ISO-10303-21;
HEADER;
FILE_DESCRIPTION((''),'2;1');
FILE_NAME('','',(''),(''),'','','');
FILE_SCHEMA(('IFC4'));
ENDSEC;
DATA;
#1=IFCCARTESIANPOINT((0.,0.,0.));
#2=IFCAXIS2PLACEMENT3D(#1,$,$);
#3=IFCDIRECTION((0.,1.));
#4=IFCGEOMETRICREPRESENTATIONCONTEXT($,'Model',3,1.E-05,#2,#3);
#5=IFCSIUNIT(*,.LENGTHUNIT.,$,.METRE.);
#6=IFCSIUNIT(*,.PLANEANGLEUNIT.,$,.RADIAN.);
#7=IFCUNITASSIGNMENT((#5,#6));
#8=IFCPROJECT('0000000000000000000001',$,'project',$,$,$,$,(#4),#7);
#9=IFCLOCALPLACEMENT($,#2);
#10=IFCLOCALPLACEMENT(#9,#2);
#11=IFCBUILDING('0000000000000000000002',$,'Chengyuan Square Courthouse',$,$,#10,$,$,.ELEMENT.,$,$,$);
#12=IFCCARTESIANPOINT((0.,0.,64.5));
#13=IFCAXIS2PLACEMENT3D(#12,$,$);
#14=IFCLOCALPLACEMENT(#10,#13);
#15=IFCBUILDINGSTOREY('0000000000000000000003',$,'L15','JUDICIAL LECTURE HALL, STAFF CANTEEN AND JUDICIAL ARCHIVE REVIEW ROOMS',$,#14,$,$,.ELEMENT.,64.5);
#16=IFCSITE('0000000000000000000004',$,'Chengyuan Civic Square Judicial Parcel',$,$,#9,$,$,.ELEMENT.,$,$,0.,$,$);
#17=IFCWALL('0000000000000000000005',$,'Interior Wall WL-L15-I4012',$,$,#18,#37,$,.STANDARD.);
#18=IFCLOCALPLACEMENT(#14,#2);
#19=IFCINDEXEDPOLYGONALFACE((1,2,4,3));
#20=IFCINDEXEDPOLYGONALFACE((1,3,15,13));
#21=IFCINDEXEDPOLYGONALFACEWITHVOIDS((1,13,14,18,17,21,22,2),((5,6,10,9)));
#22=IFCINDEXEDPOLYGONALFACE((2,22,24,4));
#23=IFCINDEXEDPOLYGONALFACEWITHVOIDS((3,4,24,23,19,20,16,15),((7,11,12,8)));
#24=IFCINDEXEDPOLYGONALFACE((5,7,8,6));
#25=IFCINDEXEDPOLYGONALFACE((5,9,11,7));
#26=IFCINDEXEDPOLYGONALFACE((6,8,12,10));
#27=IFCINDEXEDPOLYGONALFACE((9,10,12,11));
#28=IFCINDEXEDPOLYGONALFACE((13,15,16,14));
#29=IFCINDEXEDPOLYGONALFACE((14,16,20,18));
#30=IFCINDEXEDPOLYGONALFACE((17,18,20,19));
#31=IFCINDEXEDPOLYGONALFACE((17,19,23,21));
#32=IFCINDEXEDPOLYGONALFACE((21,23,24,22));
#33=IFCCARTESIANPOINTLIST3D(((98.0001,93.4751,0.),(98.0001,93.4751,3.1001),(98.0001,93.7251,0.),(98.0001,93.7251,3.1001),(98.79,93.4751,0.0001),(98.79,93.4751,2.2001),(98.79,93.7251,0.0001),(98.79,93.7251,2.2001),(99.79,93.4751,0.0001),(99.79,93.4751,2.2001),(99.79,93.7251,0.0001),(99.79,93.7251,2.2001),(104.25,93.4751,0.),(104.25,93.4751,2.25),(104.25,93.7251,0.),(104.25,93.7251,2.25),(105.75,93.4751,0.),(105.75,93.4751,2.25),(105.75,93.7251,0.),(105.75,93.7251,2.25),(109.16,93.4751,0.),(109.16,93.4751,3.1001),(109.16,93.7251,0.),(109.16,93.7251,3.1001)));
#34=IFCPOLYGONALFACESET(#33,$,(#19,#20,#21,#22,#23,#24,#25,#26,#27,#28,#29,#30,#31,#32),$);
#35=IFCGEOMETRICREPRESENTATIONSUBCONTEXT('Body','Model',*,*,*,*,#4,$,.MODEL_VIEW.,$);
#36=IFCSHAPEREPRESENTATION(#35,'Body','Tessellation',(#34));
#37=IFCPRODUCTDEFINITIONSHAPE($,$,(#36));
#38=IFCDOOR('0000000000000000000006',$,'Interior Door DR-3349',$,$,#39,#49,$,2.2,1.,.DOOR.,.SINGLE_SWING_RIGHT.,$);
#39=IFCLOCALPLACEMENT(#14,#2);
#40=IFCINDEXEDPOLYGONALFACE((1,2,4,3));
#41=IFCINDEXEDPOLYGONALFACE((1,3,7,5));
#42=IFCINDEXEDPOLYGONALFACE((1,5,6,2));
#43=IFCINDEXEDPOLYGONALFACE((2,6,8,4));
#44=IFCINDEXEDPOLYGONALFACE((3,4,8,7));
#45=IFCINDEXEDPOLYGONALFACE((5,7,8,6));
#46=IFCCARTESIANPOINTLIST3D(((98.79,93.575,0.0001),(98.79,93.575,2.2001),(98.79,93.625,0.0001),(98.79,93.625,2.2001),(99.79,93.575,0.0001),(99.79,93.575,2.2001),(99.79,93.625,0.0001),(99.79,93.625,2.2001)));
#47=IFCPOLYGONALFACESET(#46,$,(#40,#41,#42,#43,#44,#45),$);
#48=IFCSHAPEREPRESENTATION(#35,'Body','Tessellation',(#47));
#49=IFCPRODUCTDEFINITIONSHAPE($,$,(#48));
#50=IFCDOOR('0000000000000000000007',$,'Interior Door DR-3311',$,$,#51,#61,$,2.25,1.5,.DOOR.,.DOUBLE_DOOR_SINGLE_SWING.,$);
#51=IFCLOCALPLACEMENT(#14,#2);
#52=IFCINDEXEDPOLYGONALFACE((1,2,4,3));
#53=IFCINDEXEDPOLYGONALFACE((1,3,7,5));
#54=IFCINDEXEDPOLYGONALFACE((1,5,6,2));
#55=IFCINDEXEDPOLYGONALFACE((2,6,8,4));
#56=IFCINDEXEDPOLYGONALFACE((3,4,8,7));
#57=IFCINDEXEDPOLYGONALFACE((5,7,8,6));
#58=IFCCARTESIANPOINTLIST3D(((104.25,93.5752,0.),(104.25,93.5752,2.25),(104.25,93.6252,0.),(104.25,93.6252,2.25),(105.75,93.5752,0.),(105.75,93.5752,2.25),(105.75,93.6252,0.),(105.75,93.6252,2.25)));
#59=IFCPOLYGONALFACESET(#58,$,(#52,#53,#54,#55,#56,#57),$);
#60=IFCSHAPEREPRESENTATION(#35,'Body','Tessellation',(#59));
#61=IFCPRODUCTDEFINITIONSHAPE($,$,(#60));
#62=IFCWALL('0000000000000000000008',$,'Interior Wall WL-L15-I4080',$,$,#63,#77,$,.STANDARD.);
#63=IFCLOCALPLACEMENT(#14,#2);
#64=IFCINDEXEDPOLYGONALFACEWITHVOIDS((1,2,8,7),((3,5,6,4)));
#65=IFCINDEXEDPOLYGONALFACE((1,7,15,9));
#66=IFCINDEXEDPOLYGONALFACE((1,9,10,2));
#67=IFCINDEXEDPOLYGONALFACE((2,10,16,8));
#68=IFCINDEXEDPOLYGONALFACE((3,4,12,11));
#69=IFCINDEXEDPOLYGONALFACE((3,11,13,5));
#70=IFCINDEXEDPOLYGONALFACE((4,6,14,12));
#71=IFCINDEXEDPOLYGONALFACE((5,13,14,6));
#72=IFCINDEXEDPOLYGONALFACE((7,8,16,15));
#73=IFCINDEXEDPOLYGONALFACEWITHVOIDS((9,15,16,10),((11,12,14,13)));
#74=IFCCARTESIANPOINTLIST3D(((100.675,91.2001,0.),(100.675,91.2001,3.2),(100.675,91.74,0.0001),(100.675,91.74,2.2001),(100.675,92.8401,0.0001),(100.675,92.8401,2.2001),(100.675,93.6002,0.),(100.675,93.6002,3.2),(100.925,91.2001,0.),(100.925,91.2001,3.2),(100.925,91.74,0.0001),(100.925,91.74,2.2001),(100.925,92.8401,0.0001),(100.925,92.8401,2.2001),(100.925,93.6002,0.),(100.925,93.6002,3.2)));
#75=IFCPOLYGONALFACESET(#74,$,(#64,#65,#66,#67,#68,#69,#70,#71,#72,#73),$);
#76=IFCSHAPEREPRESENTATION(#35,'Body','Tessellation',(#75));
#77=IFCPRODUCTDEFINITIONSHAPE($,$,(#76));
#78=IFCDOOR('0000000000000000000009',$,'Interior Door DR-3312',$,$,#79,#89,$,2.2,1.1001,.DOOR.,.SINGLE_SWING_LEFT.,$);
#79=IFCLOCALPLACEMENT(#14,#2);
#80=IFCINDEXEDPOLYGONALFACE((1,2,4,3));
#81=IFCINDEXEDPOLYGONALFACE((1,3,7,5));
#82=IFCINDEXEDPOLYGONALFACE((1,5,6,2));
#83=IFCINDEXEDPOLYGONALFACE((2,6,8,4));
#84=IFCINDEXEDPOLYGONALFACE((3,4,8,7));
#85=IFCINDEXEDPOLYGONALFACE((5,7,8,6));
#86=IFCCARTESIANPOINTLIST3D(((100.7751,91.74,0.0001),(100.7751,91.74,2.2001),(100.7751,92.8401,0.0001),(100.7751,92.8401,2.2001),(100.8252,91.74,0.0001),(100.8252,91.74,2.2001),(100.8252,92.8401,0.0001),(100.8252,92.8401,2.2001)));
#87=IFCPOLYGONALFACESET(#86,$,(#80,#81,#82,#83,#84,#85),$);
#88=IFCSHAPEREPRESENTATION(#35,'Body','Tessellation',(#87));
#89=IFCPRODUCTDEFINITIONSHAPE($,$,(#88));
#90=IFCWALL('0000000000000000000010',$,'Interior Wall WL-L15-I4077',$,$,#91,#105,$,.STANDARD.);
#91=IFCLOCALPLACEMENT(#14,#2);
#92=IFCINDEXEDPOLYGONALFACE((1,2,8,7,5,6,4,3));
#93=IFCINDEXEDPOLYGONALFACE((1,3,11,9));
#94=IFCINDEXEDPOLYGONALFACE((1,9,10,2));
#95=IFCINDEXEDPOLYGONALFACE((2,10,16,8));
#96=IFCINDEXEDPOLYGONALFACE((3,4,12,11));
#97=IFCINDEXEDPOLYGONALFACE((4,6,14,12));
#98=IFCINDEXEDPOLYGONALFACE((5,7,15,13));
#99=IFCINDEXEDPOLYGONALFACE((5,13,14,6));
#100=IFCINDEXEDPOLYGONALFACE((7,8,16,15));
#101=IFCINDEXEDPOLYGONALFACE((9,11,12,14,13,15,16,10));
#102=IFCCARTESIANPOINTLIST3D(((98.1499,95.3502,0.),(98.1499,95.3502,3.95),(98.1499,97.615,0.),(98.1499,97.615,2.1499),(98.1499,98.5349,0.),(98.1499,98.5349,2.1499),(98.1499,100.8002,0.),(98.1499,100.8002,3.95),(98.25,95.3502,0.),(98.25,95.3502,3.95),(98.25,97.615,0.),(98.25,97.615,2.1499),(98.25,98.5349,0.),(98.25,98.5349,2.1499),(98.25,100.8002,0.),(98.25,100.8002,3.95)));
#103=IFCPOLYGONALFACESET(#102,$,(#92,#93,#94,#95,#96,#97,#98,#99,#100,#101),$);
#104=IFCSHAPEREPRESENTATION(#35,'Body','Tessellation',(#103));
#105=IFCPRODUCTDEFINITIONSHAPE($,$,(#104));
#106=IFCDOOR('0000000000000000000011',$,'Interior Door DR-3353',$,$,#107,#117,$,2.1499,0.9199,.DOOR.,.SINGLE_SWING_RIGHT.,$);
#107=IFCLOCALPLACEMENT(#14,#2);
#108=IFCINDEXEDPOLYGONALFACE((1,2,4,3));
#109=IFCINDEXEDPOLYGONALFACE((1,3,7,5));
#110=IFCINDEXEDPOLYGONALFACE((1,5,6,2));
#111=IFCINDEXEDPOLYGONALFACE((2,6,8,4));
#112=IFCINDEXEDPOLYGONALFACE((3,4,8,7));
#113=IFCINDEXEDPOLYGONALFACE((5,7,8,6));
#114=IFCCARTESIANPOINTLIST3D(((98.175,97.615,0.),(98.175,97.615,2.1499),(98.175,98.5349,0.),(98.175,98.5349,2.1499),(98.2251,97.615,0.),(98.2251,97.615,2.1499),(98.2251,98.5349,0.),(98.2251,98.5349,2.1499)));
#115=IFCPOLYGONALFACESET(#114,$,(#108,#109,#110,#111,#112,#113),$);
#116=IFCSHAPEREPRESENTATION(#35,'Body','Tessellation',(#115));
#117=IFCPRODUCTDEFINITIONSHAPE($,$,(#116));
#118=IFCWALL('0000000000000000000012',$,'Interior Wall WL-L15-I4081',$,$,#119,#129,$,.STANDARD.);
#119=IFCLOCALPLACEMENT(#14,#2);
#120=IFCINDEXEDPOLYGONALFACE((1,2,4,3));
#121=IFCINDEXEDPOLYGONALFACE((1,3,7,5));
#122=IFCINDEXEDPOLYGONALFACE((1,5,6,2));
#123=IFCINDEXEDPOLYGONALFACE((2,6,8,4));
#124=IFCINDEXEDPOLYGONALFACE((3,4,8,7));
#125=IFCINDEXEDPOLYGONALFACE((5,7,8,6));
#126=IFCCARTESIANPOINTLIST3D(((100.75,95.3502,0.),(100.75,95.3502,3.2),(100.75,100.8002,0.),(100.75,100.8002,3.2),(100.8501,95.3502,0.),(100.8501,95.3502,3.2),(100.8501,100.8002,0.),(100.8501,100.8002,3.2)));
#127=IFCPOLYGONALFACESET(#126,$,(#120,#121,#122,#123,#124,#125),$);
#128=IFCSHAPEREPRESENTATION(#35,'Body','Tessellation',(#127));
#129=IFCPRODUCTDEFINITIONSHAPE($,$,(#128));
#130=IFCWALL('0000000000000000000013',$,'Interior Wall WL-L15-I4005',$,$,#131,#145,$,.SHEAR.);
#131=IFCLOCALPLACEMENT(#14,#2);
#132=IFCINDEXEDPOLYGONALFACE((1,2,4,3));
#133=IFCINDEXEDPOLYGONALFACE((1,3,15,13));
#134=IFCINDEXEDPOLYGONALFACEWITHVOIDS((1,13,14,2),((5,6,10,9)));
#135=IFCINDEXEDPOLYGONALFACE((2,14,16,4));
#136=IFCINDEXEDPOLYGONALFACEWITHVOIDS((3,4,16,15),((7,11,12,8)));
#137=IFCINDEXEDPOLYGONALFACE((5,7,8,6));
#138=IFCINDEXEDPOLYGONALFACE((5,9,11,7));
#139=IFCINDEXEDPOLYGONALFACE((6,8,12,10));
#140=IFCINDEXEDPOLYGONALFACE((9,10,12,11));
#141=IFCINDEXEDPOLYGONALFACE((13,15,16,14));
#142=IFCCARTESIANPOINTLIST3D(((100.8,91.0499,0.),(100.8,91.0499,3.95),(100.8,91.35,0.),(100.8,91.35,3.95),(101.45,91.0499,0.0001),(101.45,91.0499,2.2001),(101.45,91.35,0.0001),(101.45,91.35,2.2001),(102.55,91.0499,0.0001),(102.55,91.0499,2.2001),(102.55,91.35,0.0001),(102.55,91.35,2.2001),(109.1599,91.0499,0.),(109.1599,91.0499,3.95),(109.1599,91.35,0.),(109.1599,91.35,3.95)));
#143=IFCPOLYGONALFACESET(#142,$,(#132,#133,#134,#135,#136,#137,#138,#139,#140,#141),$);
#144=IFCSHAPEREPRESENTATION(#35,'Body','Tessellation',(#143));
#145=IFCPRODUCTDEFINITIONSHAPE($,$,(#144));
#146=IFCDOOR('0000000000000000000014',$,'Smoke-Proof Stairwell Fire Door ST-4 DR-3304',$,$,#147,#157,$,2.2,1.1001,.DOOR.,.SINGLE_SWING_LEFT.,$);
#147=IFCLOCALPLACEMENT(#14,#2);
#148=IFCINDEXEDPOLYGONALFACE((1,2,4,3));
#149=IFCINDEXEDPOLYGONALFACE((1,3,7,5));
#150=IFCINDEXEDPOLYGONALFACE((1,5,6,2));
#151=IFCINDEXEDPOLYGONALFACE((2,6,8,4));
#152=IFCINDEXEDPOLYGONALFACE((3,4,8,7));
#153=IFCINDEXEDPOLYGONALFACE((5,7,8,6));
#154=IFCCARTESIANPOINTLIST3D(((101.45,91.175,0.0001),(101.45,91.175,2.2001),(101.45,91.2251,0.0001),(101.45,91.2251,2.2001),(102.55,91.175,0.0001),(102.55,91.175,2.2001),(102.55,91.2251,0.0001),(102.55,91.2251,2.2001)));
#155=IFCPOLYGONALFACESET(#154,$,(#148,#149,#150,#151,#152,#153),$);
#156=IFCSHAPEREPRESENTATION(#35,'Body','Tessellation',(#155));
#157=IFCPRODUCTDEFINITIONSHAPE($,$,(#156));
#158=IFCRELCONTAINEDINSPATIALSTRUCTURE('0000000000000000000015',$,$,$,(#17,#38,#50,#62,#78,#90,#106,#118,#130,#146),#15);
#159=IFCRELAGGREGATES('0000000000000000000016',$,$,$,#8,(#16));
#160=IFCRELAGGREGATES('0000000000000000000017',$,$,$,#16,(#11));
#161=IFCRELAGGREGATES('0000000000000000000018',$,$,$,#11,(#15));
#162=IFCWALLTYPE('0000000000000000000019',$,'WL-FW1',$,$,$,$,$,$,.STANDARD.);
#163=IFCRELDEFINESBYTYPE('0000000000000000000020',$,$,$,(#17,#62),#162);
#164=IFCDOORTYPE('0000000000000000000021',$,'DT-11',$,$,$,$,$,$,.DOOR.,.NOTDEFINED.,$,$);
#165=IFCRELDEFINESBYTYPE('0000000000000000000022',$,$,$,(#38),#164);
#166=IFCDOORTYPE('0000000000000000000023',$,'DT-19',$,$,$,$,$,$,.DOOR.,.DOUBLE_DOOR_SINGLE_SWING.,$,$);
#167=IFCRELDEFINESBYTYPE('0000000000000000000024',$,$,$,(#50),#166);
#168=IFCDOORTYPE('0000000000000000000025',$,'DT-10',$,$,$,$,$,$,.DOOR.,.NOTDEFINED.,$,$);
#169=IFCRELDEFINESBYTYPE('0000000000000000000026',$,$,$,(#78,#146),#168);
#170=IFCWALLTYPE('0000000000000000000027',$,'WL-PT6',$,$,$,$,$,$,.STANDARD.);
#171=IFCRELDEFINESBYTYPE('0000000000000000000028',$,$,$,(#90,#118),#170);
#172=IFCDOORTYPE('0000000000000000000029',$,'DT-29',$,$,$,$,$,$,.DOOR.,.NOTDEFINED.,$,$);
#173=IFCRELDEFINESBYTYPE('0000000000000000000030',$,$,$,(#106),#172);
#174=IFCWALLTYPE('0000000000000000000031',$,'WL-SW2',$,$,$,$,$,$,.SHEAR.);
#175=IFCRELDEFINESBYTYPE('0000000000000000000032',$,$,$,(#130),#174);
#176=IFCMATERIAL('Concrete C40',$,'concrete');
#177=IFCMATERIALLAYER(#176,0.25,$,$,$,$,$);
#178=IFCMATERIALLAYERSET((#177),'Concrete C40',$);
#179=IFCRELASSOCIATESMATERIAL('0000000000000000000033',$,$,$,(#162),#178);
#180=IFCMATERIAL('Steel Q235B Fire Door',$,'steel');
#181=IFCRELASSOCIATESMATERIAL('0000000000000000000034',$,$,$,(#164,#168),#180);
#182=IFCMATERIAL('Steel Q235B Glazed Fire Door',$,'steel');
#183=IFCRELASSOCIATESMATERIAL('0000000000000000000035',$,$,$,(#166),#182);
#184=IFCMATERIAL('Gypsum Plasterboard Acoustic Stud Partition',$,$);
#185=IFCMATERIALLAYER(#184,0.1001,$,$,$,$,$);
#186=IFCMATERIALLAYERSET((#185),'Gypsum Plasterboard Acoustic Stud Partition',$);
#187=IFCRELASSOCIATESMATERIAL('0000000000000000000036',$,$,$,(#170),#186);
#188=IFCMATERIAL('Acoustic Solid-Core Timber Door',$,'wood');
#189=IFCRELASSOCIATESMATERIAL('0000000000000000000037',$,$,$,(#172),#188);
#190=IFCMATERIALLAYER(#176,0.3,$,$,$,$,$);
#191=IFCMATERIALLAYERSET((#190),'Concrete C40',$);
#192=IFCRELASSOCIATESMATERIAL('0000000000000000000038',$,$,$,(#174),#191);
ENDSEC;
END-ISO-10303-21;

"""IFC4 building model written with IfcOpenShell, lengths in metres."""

from ifc_helpers import new_model, si_unit, direction, frame, frame_2d, origin, place, context, subcontext, project, spatial, rectangle, extrude, material, layer, layer_set, type_object, element, fill, save


model = new_model("IFC4")

# Units and contexts
model_context = context("Model", 3, precision=1e-05, world=origin(), true_north=direction((0.0, 1.0)))
body_context = subcontext(model_context, "Body", "Model", "MODEL_VIEW")
ifc_project = project(units=[si_unit("LENGTHUNIT", "METRE"), si_unit("PLANEANGLEUNIT", "RADIAN")], contexts=[model_context])

# Site, building, storey
site_placement = place(None, origin())
site = spatial("IfcSite", under=ifc_project, at=site_placement, Name="Chengyuan Civic Square Judicial Parcel", CompositionType="ELEMENT", RefElevation=0.0)
building_placement = place(site_placement, origin())
building = spatial("IfcBuilding", under=site, at=building_placement, Name="Chengyuan Square Courthouse", CompositionType="ELEMENT")
storey_placement = place(building_placement, frame((0.0, 0.0, 64.5)))
storey = spatial("IfcBuildingStorey", under=building, at=storey_placement, Name="L15", Description="JUDICIAL LECTURE HALL, STAFF CANTEEN AND JUDICIAL ARCHIVE REVIEW ROOMS", CompositionType="ELEMENT", Elevation=64.5)

# Shared definitions
ifc_material_1 = material(Name="Concrete C40", Category="concrete")

# Wall, openings, doors
ifc_layer_1 = layer(ifc_material_1, 0.25)
ifc_layer_set_1 = layer_set([ifc_layer_1], Name="Concrete C40")
wall_type_1 = type_object("IfcWallType", Name="WL-FW1", PredefinedType="STANDARD", material=ifc_layer_set_1)
wall_1_placement = place(storey_placement, frame((98.0, 93.6001, 0.0), z_axis=(0.0, 0.0, 1.0), x_axis=(1.0, 0.0, 0.0)))
wall_1 = element("IfcWall", 1, at=wall_1_placement, inside=storey, type_object=wall_type_1, Name="Interior Wall WL-L15-I4012", PredefinedType="STANDARD", context=body_context, shape_type="SweptSolid", body=[
    extrude(rectangle(XDim=11.1599, YDim=0.25, at=frame_2d((5.5801, 0.0))), origin(), (0.0, 0.0, 1.0), 3.1001),
])
opening_1_placement = place(wall_1_placement, frame((6.25, 0.0, 0.0)))
opening_1 = element("IfcOpeningElement", 2, at=opening_1_placement, cuts=wall_1, PredefinedType="OPENING", context=body_context, shape_type="SweptSolid", body=[
    extrude(rectangle(XDim=1.5, YDim=2.25, at=frame_2d((0.75, 1.125))), frame((0.0, 0.137, 0.0), z_axis=(0.0, -1.0, 0.0), x_axis=(1.0, 0.0, 0.0)), (0.0, 0.0, 1.0), 0.2739),
])
opening_2_placement = place(wall_1_placement, frame((0.79, 0.0, 0.0)))
opening_2 = element("IfcOpeningElement", 3, at=opening_2_placement, cuts=wall_1, PredefinedType="OPENING", context=body_context, shape_type="SweptSolid", body=[
    extrude(rectangle(XDim=1.0, YDim=2.2, at=frame_2d((0.5, 1.1001))), frame((0.0, 0.137, 0.0), z_axis=(0.0, -1.0, 0.0), x_axis=(1.0, 0.0, 0.0)), (0.0, 0.0, 1.0), 0.2739),
])
ifc_material_2 = material(Name="Steel Q235B Fire Door", Category="steel")
door_type_1 = type_object("IfcDoorType", Name="DT-11", OperationType="NOTDEFINED", PredefinedType="DOOR", material=ifc_material_2)
door_1_placement = place(opening_2_placement, origin())
door_1 = element("IfcDoor", 4, at=door_1_placement, inside=storey, type_object=door_type_1, Name="Interior Door DR-3349", OperationType="SINGLE_SWING_RIGHT", OverallHeight=2.2, OverallWidth=1.0, PredefinedType="DOOR", context=body_context, shape_type="SweptSolid", body=[
    extrude(rectangle(XDim=1.0, YDim=2.2, at=frame_2d((0.5, 1.1001))), frame((0.0, 0.0249, 0.0), z_axis=(0.0, -1.0, 0.0), x_axis=(1.0, 0.0, 0.0)), (0.0, 0.0, 1.0), 0.05),
])
fill(opening_2, door_1)
ifc_material_3 = material(Name="Steel Q235B Glazed Fire Door", Category="steel")
door_type_2 = type_object("IfcDoorType", Name="DT-19", OperationType="DOUBLE_DOOR_SINGLE_SWING", PredefinedType="DOOR", material=ifc_material_3)
door_2_placement = place(opening_1_placement, frame((1.5, 0.0, 0.0), z_axis=(0.0, 0.0, 1.0), x_axis=(-1.0, 0.0, 0.0)))
door_2 = element("IfcDoor", 5, at=door_2_placement, inside=storey, type_object=door_type_2, Name="Interior Door DR-3311", OperationType="DOUBLE_DOOR_SINGLE_SWING", OverallHeight=2.25, OverallWidth=1.5, PredefinedType="DOOR", context=body_context, shape_type="SweptSolid", body=[
    extrude(rectangle(XDim=1.5, YDim=2.25, at=frame_2d((0.75, 1.125))), frame((0.0, 0.0249, 0.0), z_axis=(0.0, -1.0, 0.0), x_axis=(1.0, 0.0, 0.0)), (0.0, 0.0, 1.0), 0.05),
])
fill(opening_1, door_2)

# Walls, openings, doors
wall_2_placement = place(storey_placement, frame((100.8, 91.2, 0.0), z_axis=(0.0, 0.0, 1.0), x_axis=(0.0, 1.0, 0.0)))
wall_2 = element("IfcWall", 6, at=wall_2_placement, inside=storey, type_object=wall_type_1, Name="Interior Wall WL-L15-I4080", PredefinedType="STANDARD", context=body_context, shape_type="SweptSolid", body=[
    extrude(rectangle(XDim=2.4001, YDim=0.25, at=frame_2d((1.2002, 0.0))), origin(), (0.0, 0.0, 1.0), 3.2),
])
opening_3_placement = place(wall_2_placement, frame((0.54, 0.0, 0.0)))
opening_3 = element("IfcOpeningElement", 7, at=opening_3_placement, cuts=wall_2, PredefinedType="OPENING", context=body_context, shape_type="SweptSolid", body=[
    extrude(rectangle(XDim=1.1001, YDim=2.2, at=frame_2d((0.55, 1.1001))), frame((0.0, 0.137, 0.0), z_axis=(0.0, -1.0, 0.0), x_axis=(1.0, 0.0, 0.0)), (0.0, 0.0, 1.0), 0.2739),
])
door_type_3 = type_object("IfcDoorType", Name="DT-10", OperationType="NOTDEFINED", PredefinedType="DOOR", material=ifc_material_2)
door_3_placement = place(opening_3_placement, origin())
door_3 = element("IfcDoor", 8, at=door_3_placement, inside=storey, type_object=door_type_3, Name="Interior Door DR-3312", OperationType="SINGLE_SWING_LEFT", OverallHeight=2.2, OverallWidth=1.1001, PredefinedType="DOOR", context=body_context, shape_type="SweptSolid", body=[
    extrude(rectangle(XDim=1.1001, YDim=2.2, at=frame_2d((0.55, 1.1001))), frame((0.0, 0.0249, 0.0), z_axis=(0.0, -1.0, 0.0), x_axis=(1.0, 0.0, 0.0)), (0.0, 0.0, 1.0), 0.05),
])
fill(opening_3, door_3)
ifc_material_4 = material(Name="Gypsum Plasterboard Acoustic Stud Partition")
ifc_layer_2 = layer(ifc_material_4, 0.1001)
ifc_layer_set_2 = layer_set([ifc_layer_2], Name="Gypsum Plasterboard Acoustic Stud Partition")
wall_type_2 = type_object("IfcWallType", Name="WL-PT6", PredefinedType="STANDARD", material=ifc_layer_set_2)
wall_3_placement = place(storey_placement, frame((98.2, 95.3501, 0.0), z_axis=(0.0, 0.0, 1.0), x_axis=(0.0, 1.0, 0.0)))
wall_3 = element("IfcWall", 9, at=wall_3_placement, inside=storey, type_object=wall_type_2, Name="Interior Wall WL-L15-I4077", PredefinedType="STANDARD", context=body_context, shape_type="SweptSolid", body=[
    extrude(rectangle(XDim=5.45, YDim=0.1001, at=frame_2d((2.7251, 0.0))), origin(), (0.0, 0.0, 1.0), 3.95),
])
opening_4_placement = place(wall_3_placement, frame((2.2649, 0.0, 0.0)))
opening_4 = element("IfcOpeningElement", 10, at=opening_4_placement, cuts=wall_3, PredefinedType="OPENING", context=body_context, shape_type="SweptSolid", body=[
    extrude(rectangle(XDim=0.9199, YDim=2.1499, at=frame_2d((0.46, 1.075))), frame((0.0, 0.062, 0.0), z_axis=(0.0, -1.0, 0.0), x_axis=(1.0, 0.0, 0.0)), (0.0, 0.0, 1.0), 0.124),
])
ifc_material_5 = material(Name="Acoustic Solid-Core Timber Door", Category="wood")
door_type_4 = type_object("IfcDoorType", Name="DT-29", OperationType="NOTDEFINED", PredefinedType="DOOR", material=ifc_material_5)
door_4_placement = place(opening_4_placement, origin())
door_4 = element("IfcDoor", 11, at=door_4_placement, inside=storey, type_object=door_type_4, Name="Interior Door DR-3353", OperationType="SINGLE_SWING_RIGHT", OverallHeight=2.1499, OverallWidth=0.9199, PredefinedType="DOOR", context=body_context, shape_type="SweptSolid", body=[
    extrude(rectangle(XDim=0.9199, YDim=2.1499, at=frame_2d((0.46, 1.075))), frame((0.0, 0.0249, 0.0), z_axis=(0.0, -1.0, 0.0), x_axis=(1.0, 0.0, 0.0)), (0.0, 0.0, 1.0), 0.05),
])
fill(opening_4, door_4)

# Wall
wall_4_placement = place(storey_placement, frame((100.8, 95.3501, 0.0), z_axis=(0.0, 0.0, 1.0), x_axis=(0.0, 1.0, 0.0)))
element("IfcWall", 12, at=wall_4_placement, inside=storey, type_object=wall_type_2, Name="Interior Wall WL-L15-I4081", PredefinedType="STANDARD", context=body_context, shape_type="SweptSolid", body=[
    extrude(rectangle(XDim=5.45, YDim=0.1001, at=frame_2d((2.7251, 0.0))), origin(), (0.0, 0.0, 1.0), 3.2),
])

# Wall, opening, door
ifc_layer_3 = layer(ifc_material_1, 0.3)
ifc_layer_set_3 = layer_set([ifc_layer_3], Name="Concrete C40")
wall_type_3 = type_object("IfcWallType", Name="WL-SW2", PredefinedType="SHEAR", material=ifc_layer_set_3)
wall_5_placement = place(storey_placement, frame((100.8, 91.2, 0.0), z_axis=(0.0, 0.0, 1.0), x_axis=(1.0, 0.0, 0.0)))
wall_5 = element("IfcWall", 13, at=wall_5_placement, inside=storey, type_object=wall_type_3, Name="Interior Wall WL-L15-I4005", PredefinedType="SHEAR", context=body_context, shape_type="SweptSolid", body=[
    extrude(rectangle(XDim=8.3599, YDim=0.3, at=frame_2d((4.1799, 0.0))), origin(), (0.0, 0.0, 1.0), 3.95),
])
opening_5_placement = place(wall_5_placement, frame((0.6499, 0.0, 0.0)))
opening_5 = element("IfcOpeningElement", 14, at=opening_5_placement, cuts=wall_5, PredefinedType="OPENING", context=body_context, shape_type="SweptSolid", body=[
    extrude(rectangle(XDim=1.1001, YDim=2.2, at=frame_2d((0.55, 1.1001))), frame((0.0, 0.1621, 0.0), z_axis=(0.0, -1.0, 0.0), x_axis=(1.0, 0.0, 0.0)), (0.0, 0.0, 1.0), 0.324),
])
door_5_placement = place(opening_5_placement, frame((1.1001, 0.0, 0.0), z_axis=(0.0, 0.0, 1.0), x_axis=(-1.0, 0.0, 0.0)))
door_5 = element("IfcDoor", 15, at=door_5_placement, inside=storey, type_object=door_type_3, Name="Smoke-Proof Stairwell Fire Door ST-4 DR-3304", OperationType="SINGLE_SWING_LEFT", OverallHeight=2.2, OverallWidth=1.1001, PredefinedType="DOOR", context=body_context, shape_type="SweptSolid", body=[
    extrude(rectangle(XDim=1.1001, YDim=2.2, at=frame_2d((0.55, 1.1001))), frame((0.0, 0.0249, 0.0), z_axis=(0.0, -1.0, 0.0), x_axis=(1.0, 0.0, 0.0)), (0.0, 0.0, 1.0), 0.05),
])
fill(opening_5, door_5)

save(model, "model.ifc")
